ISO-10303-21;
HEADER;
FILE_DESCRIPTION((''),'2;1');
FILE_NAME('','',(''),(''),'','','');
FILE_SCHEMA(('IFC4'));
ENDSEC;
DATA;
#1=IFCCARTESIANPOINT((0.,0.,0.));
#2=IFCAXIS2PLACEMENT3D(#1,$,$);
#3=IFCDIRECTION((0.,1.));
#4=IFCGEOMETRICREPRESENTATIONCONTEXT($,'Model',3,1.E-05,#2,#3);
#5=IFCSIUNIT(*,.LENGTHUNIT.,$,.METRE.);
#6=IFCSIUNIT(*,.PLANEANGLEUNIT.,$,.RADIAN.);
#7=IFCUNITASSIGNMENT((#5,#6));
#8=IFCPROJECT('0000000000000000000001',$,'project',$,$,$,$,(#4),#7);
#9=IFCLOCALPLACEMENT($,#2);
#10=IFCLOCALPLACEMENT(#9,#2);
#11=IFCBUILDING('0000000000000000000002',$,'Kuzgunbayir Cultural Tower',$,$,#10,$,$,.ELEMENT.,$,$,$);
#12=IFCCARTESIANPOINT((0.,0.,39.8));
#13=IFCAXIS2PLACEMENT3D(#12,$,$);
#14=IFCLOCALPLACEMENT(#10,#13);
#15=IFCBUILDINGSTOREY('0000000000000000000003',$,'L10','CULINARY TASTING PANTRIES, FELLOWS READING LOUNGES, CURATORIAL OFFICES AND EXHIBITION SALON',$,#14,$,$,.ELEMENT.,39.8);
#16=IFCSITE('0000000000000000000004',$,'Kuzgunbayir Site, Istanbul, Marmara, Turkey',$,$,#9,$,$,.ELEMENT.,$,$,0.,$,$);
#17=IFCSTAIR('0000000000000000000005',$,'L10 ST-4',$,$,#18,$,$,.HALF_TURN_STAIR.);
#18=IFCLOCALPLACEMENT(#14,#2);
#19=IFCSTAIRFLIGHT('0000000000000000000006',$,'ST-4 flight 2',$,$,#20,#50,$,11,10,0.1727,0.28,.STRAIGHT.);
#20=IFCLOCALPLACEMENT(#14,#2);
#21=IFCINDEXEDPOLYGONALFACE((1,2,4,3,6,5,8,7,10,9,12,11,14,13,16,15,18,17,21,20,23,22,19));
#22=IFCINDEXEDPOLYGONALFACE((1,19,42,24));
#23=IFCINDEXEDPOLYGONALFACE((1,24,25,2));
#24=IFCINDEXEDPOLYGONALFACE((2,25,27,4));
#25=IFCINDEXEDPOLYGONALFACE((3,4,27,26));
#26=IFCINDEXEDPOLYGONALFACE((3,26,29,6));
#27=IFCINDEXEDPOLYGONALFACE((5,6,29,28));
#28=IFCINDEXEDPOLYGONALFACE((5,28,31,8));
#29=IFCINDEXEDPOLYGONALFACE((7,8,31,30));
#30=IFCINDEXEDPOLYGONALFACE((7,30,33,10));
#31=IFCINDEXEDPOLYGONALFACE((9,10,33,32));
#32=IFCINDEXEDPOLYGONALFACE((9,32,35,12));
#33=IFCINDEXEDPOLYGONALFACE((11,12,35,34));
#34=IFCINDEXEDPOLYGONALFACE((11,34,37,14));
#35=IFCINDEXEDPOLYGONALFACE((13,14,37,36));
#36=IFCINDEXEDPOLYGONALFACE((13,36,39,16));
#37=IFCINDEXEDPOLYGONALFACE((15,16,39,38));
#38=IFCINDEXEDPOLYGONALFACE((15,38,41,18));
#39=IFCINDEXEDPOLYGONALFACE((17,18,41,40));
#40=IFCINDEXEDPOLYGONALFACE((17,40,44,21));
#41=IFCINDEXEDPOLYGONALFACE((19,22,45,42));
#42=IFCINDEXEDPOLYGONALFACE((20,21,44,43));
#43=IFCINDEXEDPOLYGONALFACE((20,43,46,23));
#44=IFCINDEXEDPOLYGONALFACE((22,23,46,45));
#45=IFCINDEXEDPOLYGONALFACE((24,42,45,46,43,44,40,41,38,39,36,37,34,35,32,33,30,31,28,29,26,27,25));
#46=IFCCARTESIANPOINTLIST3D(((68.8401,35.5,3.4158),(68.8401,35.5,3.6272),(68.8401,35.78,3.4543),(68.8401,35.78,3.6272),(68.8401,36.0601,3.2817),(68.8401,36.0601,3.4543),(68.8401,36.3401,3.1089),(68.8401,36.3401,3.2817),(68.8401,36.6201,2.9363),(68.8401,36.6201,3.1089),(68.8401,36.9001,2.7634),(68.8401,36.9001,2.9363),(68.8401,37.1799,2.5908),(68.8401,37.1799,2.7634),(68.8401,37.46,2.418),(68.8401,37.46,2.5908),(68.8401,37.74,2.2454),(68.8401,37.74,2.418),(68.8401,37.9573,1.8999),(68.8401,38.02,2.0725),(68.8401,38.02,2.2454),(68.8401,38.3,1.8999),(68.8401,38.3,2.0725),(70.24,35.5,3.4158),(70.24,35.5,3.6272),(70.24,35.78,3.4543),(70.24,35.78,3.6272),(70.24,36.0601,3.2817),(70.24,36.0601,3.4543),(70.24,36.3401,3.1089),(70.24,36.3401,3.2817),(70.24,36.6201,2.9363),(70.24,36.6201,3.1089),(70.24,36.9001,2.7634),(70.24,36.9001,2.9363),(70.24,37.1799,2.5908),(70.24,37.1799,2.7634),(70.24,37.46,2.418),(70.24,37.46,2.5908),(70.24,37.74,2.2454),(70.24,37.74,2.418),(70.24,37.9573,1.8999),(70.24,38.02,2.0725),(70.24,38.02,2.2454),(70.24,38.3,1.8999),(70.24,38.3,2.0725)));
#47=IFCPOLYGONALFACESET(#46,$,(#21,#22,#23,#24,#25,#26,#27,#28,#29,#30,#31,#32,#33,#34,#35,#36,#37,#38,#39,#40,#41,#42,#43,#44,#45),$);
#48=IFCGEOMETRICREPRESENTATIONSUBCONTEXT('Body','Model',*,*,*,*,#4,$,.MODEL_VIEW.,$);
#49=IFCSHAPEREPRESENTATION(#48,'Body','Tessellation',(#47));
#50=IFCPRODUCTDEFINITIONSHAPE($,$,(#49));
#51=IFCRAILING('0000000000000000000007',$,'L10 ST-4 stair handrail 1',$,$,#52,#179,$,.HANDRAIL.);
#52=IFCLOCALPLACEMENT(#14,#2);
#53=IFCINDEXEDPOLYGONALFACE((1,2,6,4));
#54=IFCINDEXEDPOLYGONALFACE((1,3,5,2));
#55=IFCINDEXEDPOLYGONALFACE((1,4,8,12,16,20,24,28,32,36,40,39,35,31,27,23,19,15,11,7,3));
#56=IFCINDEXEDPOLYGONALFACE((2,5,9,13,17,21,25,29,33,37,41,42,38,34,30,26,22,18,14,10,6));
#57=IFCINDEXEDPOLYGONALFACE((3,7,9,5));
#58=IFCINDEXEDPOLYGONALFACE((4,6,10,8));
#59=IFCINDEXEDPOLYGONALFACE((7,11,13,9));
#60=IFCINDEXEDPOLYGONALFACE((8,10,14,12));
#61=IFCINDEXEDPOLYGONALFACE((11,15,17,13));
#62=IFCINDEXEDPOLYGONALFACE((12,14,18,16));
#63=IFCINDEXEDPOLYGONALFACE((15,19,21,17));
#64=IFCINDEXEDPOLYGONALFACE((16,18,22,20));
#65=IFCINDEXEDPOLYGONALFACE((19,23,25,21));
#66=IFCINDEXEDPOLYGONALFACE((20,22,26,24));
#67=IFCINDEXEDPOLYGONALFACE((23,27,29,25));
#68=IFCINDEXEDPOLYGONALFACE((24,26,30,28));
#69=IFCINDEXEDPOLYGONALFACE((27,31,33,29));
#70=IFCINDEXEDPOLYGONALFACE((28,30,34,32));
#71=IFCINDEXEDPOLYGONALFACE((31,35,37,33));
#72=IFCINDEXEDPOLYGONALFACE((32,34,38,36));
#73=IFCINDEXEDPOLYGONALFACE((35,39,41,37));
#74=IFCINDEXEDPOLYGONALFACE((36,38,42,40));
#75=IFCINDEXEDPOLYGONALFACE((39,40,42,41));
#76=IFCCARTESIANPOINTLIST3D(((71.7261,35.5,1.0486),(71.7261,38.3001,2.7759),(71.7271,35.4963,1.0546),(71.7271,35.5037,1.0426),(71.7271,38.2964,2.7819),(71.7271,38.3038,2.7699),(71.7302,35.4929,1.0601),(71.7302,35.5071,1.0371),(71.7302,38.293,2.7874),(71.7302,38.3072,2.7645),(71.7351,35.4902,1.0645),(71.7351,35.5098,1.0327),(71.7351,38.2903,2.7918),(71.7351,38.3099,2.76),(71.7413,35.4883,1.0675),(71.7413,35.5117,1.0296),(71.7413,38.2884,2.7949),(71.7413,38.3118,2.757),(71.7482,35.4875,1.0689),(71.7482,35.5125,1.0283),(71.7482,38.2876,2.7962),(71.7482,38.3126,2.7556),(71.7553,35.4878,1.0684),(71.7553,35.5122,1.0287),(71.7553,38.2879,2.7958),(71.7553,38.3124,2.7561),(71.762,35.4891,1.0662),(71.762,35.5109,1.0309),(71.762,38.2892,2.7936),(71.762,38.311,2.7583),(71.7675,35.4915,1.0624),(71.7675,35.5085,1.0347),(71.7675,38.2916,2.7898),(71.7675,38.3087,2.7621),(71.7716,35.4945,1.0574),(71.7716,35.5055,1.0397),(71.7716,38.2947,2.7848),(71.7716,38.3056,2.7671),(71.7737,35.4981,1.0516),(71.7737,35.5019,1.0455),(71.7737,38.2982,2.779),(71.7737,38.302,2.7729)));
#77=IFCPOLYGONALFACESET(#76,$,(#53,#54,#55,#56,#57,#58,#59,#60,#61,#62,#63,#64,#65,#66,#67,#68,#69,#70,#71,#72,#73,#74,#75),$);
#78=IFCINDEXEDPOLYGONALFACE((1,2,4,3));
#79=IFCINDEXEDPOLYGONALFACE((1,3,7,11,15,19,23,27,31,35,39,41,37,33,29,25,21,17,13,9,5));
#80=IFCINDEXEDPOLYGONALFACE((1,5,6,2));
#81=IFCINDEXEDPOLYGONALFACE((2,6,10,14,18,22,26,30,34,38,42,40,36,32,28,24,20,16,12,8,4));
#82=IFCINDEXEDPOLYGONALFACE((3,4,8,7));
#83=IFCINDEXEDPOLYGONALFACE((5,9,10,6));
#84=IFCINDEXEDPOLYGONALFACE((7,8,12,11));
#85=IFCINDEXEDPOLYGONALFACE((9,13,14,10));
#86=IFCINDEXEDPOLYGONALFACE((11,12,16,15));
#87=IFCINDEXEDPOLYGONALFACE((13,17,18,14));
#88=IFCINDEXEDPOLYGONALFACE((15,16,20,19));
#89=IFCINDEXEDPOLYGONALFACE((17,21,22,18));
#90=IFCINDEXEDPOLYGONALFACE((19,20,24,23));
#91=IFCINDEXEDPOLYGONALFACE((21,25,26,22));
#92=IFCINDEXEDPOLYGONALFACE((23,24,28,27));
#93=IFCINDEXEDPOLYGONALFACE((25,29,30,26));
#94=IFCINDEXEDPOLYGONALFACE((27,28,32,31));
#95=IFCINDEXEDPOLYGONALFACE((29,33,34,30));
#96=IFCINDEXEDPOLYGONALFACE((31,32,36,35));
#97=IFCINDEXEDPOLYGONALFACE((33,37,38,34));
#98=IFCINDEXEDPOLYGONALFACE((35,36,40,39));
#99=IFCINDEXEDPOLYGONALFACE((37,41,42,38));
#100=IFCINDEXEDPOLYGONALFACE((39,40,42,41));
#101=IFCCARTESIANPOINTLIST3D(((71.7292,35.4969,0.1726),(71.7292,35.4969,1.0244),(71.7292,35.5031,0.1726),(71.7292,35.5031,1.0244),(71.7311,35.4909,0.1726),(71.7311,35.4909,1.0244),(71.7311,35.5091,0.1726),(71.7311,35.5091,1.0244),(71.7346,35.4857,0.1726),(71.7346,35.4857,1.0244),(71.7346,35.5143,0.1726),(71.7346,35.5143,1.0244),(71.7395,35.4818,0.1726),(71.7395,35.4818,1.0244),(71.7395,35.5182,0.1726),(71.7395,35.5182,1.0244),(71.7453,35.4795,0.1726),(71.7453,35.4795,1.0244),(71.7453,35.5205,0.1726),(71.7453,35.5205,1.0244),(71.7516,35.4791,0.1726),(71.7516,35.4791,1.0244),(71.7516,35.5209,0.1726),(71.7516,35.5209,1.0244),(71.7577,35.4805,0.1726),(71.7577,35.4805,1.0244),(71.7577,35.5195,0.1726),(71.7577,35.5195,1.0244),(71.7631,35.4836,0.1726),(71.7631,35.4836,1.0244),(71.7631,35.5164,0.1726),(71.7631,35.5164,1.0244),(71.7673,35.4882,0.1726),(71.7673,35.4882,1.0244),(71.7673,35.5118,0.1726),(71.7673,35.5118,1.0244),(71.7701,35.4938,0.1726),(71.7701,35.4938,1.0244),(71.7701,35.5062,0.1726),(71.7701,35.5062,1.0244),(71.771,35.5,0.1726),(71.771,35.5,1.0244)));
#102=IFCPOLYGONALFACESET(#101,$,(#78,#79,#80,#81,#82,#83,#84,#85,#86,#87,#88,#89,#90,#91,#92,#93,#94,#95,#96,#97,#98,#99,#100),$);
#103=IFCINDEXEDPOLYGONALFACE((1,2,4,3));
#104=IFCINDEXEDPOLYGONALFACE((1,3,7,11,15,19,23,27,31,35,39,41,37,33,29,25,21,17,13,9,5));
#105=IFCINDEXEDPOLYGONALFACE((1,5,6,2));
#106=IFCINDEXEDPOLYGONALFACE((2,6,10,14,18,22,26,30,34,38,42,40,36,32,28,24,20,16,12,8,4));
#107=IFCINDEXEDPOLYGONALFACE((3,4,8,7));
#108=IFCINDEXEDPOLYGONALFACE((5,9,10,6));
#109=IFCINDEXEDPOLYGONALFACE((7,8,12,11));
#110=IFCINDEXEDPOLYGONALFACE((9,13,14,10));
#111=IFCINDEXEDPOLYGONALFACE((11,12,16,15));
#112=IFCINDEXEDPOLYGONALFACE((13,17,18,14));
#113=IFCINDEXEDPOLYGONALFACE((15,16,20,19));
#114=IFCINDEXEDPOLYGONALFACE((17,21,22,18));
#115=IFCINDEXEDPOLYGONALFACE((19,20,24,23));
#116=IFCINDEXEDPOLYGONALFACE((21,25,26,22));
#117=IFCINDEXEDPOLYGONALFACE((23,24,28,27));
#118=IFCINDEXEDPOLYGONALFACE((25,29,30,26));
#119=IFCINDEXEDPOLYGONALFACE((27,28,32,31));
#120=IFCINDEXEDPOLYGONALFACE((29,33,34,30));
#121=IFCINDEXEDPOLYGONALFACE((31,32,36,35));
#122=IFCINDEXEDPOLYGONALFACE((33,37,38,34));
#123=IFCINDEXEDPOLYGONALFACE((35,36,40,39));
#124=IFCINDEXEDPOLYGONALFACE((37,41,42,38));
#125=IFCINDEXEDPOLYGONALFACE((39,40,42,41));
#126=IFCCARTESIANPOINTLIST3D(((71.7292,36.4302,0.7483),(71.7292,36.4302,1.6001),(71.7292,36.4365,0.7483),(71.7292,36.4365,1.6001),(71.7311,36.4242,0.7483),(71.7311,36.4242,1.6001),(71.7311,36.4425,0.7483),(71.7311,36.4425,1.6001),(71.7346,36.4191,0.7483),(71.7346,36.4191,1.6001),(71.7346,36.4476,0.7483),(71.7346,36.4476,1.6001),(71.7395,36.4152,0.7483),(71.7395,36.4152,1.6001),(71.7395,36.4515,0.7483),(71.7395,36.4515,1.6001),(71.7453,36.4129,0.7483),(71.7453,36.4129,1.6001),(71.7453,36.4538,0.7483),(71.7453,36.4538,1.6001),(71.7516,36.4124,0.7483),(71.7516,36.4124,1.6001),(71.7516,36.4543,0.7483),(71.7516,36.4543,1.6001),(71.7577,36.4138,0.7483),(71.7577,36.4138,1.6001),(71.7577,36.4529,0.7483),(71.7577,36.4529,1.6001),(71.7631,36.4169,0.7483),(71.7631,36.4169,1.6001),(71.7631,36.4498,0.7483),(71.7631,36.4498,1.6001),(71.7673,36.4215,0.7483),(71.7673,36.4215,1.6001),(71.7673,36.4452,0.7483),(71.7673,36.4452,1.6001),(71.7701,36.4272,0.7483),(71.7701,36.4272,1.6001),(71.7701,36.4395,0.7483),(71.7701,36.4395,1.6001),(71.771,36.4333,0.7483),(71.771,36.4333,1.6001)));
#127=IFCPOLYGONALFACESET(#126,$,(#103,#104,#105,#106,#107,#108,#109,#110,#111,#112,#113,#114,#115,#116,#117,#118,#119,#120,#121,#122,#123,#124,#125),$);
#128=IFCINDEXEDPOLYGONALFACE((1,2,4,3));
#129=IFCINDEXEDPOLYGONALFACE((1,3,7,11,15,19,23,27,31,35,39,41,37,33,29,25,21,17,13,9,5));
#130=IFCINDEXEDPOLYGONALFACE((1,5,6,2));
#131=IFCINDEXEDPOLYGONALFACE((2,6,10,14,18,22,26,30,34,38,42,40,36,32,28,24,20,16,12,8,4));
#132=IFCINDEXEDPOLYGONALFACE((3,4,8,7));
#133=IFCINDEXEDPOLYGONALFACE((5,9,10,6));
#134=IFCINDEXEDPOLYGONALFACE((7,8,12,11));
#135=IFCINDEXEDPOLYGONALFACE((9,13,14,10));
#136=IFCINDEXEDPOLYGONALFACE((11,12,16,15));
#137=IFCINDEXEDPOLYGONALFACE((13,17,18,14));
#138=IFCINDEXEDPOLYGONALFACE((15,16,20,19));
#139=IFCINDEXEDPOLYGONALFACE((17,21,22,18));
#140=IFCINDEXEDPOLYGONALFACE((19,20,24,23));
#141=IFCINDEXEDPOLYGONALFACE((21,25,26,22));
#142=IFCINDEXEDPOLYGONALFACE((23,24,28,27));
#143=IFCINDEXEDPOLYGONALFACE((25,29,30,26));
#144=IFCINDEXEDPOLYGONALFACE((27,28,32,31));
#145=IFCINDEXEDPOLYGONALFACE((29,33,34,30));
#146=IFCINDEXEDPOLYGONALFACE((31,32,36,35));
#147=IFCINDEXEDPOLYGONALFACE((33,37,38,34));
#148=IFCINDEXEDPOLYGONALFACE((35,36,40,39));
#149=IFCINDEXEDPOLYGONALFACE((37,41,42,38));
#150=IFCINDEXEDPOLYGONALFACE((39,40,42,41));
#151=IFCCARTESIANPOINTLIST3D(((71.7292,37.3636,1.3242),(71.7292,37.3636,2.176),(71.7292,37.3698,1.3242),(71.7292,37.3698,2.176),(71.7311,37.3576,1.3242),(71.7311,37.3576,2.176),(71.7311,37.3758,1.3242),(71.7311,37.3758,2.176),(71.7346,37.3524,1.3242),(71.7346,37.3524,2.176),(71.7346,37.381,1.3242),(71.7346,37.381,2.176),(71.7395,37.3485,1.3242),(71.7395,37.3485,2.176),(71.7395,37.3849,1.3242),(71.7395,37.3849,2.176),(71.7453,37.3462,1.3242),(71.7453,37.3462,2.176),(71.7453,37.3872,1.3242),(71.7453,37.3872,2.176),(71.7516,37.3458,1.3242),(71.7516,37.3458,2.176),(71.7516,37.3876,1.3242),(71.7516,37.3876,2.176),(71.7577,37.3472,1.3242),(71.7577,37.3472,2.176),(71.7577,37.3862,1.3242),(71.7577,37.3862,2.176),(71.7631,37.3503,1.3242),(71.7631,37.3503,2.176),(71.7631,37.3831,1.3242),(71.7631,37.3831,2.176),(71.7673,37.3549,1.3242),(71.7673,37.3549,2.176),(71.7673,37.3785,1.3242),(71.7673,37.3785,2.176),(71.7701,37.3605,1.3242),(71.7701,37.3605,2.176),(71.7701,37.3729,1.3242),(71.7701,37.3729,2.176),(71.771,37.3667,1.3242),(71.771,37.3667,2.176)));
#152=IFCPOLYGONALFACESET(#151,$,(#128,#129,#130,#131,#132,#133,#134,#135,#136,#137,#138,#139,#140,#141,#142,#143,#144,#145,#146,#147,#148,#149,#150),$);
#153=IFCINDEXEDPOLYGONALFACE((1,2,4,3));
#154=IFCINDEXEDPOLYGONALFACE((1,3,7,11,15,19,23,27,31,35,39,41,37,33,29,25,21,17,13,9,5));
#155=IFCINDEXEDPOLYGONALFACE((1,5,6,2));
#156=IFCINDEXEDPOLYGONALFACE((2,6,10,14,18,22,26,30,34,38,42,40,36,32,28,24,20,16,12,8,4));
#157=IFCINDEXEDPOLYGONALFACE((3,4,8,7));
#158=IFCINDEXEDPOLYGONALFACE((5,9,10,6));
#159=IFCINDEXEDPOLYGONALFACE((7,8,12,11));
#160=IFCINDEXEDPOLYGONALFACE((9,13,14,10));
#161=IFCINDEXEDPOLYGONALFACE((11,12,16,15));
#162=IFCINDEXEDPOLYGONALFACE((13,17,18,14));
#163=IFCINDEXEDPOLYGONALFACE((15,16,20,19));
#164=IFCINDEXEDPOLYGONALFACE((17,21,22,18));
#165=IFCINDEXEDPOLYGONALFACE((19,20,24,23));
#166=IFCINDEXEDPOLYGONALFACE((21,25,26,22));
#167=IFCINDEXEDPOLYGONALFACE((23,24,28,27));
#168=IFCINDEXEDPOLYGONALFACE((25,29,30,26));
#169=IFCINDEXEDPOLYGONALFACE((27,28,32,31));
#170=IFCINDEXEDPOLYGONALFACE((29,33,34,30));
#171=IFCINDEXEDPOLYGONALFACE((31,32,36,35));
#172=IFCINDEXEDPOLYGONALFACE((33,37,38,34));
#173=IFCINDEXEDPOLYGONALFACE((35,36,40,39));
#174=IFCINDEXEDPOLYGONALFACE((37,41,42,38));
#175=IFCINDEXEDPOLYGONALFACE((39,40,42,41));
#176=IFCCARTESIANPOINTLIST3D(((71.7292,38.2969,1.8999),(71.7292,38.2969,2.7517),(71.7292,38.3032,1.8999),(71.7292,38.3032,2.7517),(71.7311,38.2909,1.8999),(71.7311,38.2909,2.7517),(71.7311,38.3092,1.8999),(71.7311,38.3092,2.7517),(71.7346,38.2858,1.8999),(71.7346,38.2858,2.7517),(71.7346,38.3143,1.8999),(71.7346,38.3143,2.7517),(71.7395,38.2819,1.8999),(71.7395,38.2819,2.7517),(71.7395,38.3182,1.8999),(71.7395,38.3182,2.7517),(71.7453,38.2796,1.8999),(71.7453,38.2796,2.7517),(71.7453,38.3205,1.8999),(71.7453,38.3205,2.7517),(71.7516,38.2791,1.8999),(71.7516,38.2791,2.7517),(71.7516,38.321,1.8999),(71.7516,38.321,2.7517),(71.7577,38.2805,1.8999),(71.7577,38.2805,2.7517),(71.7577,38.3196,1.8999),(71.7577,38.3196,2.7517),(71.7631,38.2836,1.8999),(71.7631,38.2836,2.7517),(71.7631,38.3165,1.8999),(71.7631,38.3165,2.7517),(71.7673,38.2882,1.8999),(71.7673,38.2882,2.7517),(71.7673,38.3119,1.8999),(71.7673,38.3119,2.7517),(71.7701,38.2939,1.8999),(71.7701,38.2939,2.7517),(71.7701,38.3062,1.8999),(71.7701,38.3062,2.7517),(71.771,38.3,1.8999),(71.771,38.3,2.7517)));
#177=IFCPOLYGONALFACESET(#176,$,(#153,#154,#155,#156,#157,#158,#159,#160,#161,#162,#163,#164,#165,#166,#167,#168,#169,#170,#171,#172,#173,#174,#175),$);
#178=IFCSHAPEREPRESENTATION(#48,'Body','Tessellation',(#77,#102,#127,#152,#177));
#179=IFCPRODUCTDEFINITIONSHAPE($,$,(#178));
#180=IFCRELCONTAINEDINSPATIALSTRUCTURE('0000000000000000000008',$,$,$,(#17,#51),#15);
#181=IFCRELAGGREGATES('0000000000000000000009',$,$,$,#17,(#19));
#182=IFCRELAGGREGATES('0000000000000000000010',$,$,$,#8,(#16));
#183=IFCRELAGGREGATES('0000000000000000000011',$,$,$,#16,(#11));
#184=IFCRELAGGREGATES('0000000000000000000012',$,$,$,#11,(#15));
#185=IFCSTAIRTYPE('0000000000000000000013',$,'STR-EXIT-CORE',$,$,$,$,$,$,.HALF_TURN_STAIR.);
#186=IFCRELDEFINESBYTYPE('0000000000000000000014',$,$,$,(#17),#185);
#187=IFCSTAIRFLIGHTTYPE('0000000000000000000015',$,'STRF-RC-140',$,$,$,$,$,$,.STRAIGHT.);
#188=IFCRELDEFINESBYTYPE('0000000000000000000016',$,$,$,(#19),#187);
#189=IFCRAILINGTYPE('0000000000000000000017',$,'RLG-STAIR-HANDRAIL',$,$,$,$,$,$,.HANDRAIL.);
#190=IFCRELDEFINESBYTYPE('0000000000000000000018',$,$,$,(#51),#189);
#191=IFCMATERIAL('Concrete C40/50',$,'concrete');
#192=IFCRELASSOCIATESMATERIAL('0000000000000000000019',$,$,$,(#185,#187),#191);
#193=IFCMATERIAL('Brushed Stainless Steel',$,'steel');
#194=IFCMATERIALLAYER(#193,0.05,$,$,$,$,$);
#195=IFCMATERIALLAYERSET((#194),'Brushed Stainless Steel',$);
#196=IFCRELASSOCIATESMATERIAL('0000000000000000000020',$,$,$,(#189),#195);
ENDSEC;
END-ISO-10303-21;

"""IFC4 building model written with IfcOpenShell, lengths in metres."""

from ifc_helpers import new_model, si_unit, direction, frame, origin, origin_2d, place, context, subcontext, project, spatial, polyline, circle, outline, extrude, material, layer, layer_set, type_object, element, aggregate, save


model = new_model("IFC4")

# Units and contexts
model_context = context("Model", 3, precision=1e-05, world=origin(), true_north=direction((0.0, 1.0)))
body_context = subcontext(model_context, "Body", "Model", "MODEL_VIEW")
ifc_project = project(units=[si_unit("LENGTHUNIT", "METRE"), si_unit("PLANEANGLEUNIT", "RADIAN")], contexts=[model_context])

# Site, building, storey
site_placement = place(None, origin())
site = spatial("IfcSite", under=ifc_project, at=site_placement, Name="Kuzgunbayir Site, Istanbul, Marmara, Turkey", CompositionType="ELEMENT", RefElevation=0.0)
building_placement = place(site_placement, origin())
building = spatial("IfcBuilding", under=site, at=building_placement, Name="Kuzgunbayir Cultural Tower", CompositionType="ELEMENT")
storey_placement = place(building_placement, frame((0.0, 0.0, 39.8)))
storey = spatial("IfcBuildingStorey", under=building, at=storey_placement, Name="L10", Description="CULINARY TASTING PANTRIES, FELLOWS READING LOUNGES, CURATORIAL OFFICES AND EXHIBITION SALON", CompositionType="ELEMENT", Elevation=39.8)

# Shared definitions
ifc_material_1 = material(Name="Concrete C40/50", Category="concrete")
ifc_material_2 = material(Name="Brushed Stainless Steel", Category="steel")

# Stair, stair flight
stair_type = type_object("IfcStairType", Name="STR-EXIT-CORE", PredefinedType="HALF_TURN_STAIR", material=ifc_material_1)
stair_placement = place(storey_placement, origin())
stair = element("IfcStair", 1, at=stair_placement, inside=storey, type_object=stair_type, Name="L10 ST-4", PredefinedType="HALF_TURN_STAIR")
stair_flight_type = type_object("IfcStairFlightType", Name="STRF-RC-140", PredefinedType="STRAIGHT", material=ifc_material_1)
stair_flight_placement = place(storey_placement, frame((69.54, 38.3, 1.8999), z_axis=(0.0, 0.0, 1.0), x_axis=(0.0, -1.0, 0.0)))
stair_flight = element("IfcStairFlight", 2, at=stair_flight_placement, type_object=stair_flight_type, Name="ST-4 flight 2", NumberOfRisers=11, NumberOfTreads=10, PredefinedType="STRAIGHT", RiserHeight=0.1727, TreadLength=0.28, context=body_context, shape_type="SweptSolid", body=[
    extrude(outline(polyline([(0.0, 0.0), (0.0, 0.1726), (0.28, 0.1726), (0.28, 0.3455), (0.5601, 0.3455), (0.5601, 0.5181), (0.8401, 0.5181), (0.8401, 0.6909), (1.1201, 0.6909), (1.1201, 0.8635), (1.3999, 0.8635), (1.3999, 1.0364), (1.6799, 1.0364), (1.6799, 1.209), (1.96, 1.209), (1.96, 1.3818), (2.24, 1.3818), (2.24, 1.5544), (2.52, 1.5544), (2.52, 1.7273), (2.8, 1.7273), (2.8, 1.8999), (2.8, 1.5159), (0.3428, 0.0), (0.0, 0.0)])), frame((0.0, 0.7, 0.0), z_axis=(0.0, -1.0, 0.0), x_axis=(1.0, 0.0, 0.0)), (0.0, 0.0, 1.0), 1.3999),
])
aggregate(stair, [stair_flight])

# Railing
ifc_layer_1 = layer(ifc_material_2, 0.05)
ifc_layer_set_1 = layer_set([ifc_layer_1], Name="Brushed Stainless Steel")
railing_type_1 = type_object("IfcRailingType", Name="RLG-STAIR-HANDRAIL", PredefinedType="HANDRAIL", material=ifc_layer_set_1)
railing_1_placement = place(storey_placement, frame((71.75, 35.5, 0.1726)))
element("IfcRailing", 3, at=railing_1_placement, inside=storey, type_object=railing_type_1, Name="L10 ST-4 stair handrail 1", PredefinedType="HANDRAIL", context=body_context, shape_type="SweptSolid", body=[
    extrude(circle(Radius=0.0239, at=origin_2d()), frame((0.0, 0.0, 0.876), z_axis=(0.0, 0.85109, 0.52502), x_axis=(-1.0, 0.0, 0.0)), (0.0, 0.0, 1.0), 3.29),
    extrude(circle(Radius=0.021, at=origin_2d()), origin(), (0.0, 0.0, 1.0), 0.8518),
    extrude(circle(Radius=0.021, at=origin_2d()), frame((0.0, 0.9333, 0.5757)), (0.0, 0.0, 1.0), 0.8518),
    extrude(circle(Radius=0.021, at=origin_2d()), frame((0.0, 1.8667, 1.1516)), (0.0, 0.0, 1.0), 0.8518),
    extrude(circle(Radius=0.021, at=origin_2d()), frame((0.0, 2.8, 1.7273)), (0.0, 0.0, 1.0), 0.8518),
])

save(model, "model.ifc")
